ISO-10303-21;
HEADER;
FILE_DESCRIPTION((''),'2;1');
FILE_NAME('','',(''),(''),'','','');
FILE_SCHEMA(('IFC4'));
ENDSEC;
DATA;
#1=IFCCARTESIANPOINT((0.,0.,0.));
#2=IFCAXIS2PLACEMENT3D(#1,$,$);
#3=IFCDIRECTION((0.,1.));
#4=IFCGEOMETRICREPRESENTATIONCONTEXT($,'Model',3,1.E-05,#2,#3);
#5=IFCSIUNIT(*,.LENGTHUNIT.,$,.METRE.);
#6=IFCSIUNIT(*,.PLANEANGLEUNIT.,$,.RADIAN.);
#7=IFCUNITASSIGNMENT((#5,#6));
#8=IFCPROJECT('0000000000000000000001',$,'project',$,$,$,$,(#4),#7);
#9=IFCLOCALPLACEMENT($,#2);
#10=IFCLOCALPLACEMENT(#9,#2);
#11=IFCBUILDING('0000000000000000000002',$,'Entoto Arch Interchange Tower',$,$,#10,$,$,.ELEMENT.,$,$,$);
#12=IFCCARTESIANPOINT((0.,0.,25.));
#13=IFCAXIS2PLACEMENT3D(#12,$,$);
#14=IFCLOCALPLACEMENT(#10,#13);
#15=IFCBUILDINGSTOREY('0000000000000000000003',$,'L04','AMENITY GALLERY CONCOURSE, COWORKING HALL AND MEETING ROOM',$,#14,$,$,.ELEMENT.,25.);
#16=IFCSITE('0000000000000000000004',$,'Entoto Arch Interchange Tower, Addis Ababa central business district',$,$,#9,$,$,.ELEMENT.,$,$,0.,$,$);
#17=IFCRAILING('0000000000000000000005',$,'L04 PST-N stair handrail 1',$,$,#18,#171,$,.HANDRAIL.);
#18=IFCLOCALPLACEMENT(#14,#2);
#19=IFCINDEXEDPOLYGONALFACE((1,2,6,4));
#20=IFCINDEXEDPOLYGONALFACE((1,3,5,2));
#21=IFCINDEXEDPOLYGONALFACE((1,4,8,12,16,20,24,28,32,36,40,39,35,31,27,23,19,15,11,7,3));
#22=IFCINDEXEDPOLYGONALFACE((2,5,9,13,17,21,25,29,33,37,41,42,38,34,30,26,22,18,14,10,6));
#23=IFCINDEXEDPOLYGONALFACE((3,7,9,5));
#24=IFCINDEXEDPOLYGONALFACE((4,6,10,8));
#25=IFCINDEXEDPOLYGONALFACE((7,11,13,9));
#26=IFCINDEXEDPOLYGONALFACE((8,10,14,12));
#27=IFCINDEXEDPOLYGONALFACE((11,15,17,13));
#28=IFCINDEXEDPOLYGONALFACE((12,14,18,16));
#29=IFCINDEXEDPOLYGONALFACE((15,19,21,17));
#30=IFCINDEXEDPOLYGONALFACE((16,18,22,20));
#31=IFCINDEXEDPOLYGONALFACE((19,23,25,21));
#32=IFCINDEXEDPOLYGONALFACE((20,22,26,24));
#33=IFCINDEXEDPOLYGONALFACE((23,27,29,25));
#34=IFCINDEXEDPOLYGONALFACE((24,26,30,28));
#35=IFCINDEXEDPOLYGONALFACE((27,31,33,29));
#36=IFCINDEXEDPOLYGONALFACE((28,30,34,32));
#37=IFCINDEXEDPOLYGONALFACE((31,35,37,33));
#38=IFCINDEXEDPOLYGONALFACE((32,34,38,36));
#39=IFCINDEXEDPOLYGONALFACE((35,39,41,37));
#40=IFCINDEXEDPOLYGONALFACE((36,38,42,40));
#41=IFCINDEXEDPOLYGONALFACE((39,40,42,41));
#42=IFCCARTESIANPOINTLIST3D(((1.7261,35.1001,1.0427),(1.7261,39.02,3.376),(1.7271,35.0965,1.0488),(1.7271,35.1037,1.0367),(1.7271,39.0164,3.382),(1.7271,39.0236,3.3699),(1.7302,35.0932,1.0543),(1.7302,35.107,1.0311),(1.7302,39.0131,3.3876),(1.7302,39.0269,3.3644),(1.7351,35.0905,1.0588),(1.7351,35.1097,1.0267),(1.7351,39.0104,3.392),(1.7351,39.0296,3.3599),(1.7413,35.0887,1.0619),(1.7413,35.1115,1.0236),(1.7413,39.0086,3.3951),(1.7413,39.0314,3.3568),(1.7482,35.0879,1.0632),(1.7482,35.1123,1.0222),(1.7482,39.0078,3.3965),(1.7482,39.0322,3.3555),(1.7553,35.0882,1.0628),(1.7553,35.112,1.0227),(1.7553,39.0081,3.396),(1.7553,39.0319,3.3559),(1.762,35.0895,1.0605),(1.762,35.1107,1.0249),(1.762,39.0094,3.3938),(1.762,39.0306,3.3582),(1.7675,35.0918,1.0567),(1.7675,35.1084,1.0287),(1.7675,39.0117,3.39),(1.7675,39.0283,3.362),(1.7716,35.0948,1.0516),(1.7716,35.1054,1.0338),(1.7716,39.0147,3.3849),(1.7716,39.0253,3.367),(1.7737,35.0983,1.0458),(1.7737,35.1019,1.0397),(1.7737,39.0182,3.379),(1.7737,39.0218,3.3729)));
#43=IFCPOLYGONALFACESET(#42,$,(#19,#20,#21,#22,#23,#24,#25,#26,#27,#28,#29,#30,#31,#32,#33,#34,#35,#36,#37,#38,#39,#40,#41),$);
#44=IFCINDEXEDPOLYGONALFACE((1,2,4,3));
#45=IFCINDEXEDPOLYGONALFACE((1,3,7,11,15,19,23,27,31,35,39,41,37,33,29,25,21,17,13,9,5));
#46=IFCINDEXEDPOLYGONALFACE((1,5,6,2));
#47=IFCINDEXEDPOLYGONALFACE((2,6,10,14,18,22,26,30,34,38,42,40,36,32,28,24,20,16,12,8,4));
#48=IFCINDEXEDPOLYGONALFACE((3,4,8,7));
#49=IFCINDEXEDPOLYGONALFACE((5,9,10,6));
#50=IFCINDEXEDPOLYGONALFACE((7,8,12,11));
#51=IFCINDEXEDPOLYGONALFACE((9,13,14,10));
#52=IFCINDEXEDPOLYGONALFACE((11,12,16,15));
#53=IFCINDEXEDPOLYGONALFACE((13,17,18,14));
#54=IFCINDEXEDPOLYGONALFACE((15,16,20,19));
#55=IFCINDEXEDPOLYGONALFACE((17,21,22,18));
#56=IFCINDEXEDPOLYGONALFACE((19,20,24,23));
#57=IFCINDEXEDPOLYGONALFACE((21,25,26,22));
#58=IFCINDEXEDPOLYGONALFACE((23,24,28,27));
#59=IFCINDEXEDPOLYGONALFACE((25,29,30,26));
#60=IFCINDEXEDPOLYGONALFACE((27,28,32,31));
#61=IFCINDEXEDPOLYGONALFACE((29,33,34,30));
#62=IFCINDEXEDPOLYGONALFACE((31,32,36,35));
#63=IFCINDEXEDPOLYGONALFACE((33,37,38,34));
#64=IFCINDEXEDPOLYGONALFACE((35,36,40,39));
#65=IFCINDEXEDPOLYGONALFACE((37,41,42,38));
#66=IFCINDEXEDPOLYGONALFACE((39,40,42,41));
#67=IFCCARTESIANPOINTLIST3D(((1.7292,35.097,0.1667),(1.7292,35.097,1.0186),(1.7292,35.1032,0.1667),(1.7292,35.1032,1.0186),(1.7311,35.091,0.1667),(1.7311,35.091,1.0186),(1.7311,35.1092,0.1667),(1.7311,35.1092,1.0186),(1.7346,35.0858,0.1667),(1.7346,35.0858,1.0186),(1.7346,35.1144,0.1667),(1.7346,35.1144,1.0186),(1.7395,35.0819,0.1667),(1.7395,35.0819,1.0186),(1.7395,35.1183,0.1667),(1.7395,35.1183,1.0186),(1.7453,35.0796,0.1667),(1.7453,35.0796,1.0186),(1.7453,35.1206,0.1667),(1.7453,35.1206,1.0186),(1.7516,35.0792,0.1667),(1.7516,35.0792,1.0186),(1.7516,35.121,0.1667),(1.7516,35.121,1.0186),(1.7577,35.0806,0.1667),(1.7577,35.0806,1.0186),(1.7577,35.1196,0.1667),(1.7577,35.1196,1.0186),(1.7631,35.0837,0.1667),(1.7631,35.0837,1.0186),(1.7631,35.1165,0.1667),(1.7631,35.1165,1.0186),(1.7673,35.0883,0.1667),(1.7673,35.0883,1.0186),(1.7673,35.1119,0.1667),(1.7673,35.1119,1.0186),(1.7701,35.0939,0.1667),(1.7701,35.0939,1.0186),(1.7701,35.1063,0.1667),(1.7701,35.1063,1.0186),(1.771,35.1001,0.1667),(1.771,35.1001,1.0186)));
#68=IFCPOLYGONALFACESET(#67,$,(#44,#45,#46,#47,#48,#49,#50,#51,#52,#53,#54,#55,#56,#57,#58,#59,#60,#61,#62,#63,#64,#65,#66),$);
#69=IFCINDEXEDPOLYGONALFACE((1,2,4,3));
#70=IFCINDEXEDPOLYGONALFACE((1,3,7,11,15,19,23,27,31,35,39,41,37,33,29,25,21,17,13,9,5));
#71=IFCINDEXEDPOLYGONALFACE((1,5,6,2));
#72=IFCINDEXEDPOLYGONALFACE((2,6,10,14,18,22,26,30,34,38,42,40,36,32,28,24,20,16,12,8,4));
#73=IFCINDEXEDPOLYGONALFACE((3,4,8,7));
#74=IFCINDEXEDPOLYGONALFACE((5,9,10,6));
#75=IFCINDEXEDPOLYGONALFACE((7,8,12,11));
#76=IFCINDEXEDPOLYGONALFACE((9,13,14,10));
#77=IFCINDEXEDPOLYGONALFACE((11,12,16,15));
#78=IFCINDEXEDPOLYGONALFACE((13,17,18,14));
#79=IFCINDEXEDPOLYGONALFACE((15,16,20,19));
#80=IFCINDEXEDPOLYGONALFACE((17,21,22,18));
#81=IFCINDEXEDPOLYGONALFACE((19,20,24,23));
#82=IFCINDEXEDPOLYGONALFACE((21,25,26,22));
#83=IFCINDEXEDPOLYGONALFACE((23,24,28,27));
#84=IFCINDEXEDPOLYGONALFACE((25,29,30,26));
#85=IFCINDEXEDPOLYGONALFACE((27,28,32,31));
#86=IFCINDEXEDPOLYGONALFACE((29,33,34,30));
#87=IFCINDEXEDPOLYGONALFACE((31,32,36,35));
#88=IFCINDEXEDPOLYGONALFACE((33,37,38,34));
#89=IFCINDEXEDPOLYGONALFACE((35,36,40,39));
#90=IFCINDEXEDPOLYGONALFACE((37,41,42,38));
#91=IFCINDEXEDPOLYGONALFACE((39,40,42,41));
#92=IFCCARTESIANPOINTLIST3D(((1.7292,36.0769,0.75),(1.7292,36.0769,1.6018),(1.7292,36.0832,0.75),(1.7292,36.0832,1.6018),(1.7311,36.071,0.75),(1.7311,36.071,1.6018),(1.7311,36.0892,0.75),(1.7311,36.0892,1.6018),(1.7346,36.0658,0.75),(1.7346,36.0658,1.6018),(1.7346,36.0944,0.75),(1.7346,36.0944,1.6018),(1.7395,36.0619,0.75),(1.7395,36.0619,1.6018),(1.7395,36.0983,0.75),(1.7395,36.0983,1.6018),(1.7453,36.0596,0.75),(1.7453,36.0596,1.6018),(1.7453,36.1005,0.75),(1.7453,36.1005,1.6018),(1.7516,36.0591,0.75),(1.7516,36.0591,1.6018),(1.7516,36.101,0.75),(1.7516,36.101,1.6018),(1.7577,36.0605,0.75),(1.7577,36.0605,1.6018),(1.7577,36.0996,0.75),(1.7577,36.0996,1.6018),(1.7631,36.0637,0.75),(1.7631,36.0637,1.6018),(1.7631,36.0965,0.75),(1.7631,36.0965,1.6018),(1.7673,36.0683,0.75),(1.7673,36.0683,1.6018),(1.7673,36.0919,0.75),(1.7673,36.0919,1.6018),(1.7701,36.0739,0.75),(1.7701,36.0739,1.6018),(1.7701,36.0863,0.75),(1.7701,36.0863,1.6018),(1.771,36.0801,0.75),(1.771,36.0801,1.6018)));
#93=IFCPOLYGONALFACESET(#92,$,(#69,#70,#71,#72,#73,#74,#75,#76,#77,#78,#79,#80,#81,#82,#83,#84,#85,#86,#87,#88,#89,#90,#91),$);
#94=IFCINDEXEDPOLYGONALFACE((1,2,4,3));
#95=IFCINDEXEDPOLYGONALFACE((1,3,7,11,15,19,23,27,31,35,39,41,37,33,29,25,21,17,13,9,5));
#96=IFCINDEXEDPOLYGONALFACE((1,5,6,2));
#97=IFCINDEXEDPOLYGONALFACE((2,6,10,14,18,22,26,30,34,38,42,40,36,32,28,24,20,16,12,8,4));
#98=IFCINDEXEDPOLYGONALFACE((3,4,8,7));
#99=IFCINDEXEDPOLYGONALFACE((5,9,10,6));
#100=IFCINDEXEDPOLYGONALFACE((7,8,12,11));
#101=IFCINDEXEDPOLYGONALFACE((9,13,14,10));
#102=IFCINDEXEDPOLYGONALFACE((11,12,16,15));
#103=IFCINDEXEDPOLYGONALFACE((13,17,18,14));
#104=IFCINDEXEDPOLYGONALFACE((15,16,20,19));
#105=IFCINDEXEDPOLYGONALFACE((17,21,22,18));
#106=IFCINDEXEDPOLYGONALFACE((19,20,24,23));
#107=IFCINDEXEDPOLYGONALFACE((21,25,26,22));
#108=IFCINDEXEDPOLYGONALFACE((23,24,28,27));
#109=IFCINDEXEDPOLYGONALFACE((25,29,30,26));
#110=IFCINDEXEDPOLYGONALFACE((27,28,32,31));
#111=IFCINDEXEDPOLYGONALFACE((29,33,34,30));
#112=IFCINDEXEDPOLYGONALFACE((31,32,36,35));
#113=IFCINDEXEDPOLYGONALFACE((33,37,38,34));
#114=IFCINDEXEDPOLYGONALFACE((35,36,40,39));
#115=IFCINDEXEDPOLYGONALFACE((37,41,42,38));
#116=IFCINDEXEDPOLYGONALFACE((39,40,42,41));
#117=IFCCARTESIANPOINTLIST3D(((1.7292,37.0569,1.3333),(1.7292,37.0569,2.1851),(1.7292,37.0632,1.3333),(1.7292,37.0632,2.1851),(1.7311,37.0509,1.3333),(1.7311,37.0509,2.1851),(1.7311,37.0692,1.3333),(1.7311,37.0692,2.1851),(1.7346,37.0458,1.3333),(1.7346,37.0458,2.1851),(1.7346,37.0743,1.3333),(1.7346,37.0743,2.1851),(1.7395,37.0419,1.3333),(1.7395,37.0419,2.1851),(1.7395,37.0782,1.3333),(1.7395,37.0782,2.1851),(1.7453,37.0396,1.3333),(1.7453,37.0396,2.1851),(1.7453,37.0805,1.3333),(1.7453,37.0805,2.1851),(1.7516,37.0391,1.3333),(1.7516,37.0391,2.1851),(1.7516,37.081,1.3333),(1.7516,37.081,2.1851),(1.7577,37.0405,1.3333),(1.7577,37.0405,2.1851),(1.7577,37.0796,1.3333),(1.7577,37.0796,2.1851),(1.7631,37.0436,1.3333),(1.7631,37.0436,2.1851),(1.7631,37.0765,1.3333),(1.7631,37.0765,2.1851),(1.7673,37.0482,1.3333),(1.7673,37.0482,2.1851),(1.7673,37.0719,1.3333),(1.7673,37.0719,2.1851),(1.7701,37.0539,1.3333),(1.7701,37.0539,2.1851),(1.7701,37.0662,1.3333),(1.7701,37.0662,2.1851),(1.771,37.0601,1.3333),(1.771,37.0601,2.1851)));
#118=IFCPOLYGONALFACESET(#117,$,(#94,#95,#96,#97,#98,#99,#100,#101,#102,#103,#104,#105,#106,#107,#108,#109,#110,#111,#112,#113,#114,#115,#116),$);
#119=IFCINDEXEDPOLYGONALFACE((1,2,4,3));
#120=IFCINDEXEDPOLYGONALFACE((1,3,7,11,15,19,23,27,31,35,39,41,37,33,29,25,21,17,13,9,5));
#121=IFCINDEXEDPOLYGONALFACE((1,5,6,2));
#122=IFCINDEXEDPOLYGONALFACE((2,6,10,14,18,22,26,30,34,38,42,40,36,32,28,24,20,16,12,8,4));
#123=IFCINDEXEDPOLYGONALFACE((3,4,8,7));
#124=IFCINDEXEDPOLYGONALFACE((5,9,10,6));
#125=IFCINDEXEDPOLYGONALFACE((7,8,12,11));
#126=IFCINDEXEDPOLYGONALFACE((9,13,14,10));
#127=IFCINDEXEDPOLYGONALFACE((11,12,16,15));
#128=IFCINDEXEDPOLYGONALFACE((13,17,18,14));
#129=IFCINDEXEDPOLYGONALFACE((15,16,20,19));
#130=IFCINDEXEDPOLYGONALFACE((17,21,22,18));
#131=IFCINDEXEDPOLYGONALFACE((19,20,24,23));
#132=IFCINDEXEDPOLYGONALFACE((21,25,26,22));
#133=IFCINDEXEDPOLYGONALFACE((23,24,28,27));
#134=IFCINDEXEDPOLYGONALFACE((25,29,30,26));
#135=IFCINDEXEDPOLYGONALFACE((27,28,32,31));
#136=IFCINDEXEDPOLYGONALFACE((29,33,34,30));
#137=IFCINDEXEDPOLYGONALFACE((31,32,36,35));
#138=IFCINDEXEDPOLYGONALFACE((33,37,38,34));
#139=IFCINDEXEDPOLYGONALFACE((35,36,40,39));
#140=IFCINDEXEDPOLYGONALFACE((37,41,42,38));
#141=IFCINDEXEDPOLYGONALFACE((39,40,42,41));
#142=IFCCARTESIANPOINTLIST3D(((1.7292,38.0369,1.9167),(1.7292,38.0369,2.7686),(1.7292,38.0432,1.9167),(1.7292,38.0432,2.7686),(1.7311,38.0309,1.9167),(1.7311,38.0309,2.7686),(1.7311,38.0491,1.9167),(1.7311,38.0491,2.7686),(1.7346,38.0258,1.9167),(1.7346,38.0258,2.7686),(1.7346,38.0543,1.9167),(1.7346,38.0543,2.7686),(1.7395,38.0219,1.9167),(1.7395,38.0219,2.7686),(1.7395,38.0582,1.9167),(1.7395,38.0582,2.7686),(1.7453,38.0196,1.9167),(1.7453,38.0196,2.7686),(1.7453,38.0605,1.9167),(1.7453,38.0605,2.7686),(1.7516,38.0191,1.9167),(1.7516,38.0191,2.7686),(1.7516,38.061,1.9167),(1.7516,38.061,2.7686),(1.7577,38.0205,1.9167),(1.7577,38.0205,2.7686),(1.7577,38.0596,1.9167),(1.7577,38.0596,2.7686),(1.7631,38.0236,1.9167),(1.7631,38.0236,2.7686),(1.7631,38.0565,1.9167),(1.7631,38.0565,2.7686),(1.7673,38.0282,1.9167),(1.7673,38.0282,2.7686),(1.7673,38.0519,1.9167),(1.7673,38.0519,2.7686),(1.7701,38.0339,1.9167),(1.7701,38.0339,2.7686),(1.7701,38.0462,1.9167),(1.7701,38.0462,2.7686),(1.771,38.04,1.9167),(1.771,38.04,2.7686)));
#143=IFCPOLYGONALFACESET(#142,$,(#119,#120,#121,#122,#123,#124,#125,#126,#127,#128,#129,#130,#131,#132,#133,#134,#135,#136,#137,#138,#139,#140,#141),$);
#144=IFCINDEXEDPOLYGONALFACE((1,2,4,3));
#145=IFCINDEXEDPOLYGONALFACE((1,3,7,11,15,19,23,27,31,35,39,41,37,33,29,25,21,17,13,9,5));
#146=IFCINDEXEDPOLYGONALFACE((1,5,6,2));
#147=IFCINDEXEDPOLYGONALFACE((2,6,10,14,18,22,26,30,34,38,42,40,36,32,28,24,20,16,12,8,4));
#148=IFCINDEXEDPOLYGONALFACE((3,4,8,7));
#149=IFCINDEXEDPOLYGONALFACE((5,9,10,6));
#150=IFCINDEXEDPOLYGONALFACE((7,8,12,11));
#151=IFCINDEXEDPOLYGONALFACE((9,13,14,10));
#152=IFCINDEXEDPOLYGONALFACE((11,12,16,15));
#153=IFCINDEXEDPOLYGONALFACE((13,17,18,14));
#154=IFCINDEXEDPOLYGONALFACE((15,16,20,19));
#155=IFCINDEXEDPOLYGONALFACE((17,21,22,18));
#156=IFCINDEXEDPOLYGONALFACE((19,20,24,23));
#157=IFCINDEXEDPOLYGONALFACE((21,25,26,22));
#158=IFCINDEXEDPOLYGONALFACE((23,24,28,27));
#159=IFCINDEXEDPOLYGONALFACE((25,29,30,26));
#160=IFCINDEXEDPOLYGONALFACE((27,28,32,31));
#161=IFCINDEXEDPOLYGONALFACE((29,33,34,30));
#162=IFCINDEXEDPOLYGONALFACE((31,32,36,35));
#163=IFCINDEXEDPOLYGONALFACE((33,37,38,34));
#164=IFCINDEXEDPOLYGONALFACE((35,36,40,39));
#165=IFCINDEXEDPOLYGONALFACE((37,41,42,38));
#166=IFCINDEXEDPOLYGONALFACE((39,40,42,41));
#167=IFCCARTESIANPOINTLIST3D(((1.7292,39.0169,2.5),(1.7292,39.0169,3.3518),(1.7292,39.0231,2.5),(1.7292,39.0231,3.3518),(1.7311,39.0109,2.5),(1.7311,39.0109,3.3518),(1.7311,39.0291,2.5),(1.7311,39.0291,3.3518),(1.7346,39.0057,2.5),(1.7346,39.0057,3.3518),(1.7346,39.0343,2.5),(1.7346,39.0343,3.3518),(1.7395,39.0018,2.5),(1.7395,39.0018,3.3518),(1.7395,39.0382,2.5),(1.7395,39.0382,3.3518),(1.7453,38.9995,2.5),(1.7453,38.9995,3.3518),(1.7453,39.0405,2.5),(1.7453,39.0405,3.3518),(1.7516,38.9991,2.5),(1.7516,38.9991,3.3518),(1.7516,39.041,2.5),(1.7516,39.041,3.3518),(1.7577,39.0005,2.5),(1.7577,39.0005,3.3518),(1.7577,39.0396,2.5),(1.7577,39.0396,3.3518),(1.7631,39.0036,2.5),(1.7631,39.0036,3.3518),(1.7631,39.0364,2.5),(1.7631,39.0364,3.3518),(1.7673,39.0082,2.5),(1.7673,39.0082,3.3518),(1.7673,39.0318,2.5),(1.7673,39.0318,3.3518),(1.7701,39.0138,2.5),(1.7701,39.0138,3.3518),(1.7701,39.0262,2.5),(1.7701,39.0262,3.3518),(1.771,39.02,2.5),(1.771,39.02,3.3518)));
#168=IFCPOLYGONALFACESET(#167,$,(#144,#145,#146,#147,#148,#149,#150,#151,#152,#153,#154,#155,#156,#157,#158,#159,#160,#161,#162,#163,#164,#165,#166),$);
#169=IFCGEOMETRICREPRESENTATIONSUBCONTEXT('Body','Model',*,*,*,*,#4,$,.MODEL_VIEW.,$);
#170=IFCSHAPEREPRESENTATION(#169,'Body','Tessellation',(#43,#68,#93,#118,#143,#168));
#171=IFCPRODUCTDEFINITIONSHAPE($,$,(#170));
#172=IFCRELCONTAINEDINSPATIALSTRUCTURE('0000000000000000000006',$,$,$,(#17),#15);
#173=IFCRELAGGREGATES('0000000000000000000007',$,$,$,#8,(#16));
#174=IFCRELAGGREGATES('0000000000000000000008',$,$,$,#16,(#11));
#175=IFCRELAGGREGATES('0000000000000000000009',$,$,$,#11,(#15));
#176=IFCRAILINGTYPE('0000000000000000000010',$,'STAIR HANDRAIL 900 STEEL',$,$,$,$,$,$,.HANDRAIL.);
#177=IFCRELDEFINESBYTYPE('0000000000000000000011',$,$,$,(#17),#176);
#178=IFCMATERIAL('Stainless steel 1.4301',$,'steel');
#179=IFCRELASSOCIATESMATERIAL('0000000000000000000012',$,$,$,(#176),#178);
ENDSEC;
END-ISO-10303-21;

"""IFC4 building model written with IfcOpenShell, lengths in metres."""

from ifc_helpers import new_model, si_unit, direction, frame, origin, origin_2d, place, context, subcontext, project, spatial, circle, extrude, material, type_object, element, save


model = new_model("IFC4")

# Units and contexts
model_context = context("Model", 3, precision=1e-05, world=origin(), true_north=direction((0.0, 1.0)))
body_context = subcontext(model_context, "Body", "Model", "MODEL_VIEW")
ifc_project = project(units=[si_unit("LENGTHUNIT", "METRE"), si_unit("PLANEANGLEUNIT", "RADIAN")], contexts=[model_context])

# Site, building, storey
site_placement = place(None, origin())
site = spatial("IfcSite", under=ifc_project, at=site_placement, Name="Entoto Arch Interchange Tower, Addis Ababa central business district", CompositionType="ELEMENT", RefElevation=0.0)
building_placement = place(site_placement, origin())
building = spatial("IfcBuilding", under=site, at=building_placement, Name="Entoto Arch Interchange Tower", CompositionType="ELEMENT")
storey_placement = place(building_placement, frame((0.0, 0.0, 25.0)))
storey = spatial("IfcBuildingStorey", under=building, at=storey_placement, Name="L04", Description="AMENITY GALLERY CONCOURSE, COWORKING HALL AND MEETING ROOM", CompositionType="ELEMENT", Elevation=25.0)

# Railing
ifc_material_1 = material(Name="Stainless steel 1.4301", Category="steel")
railing_type_1 = type_object("IfcRailingType", Name="STAIR HANDRAIL 900 STEEL", PredefinedType="HANDRAIL", material=ifc_material_1)
railing_1_placement = place(storey_placement, frame((1.75, 35.1001, 0.1667)))
element("IfcRailing", 1, at=railing_1_placement, inside=storey, type_object=railing_type_1, Name="L04 PST-N stair handrail 1", PredefinedType="HANDRAIL", context=body_context, shape_type="SweptSolid", body=[
    extrude(circle(Radius=0.0239, at=origin_2d()), frame((0.0, 0.0, 0.876), z_axis=(0.0, 0.859296, 0.511478), x_axis=(-1.0, 0.0, 0.0)), (0.0, 0.0, 1.0), 4.5618),
    extrude(circle(Radius=0.021, at=origin_2d()), origin(), (0.0, 0.0, 1.0), 0.8518),
    extrude(circle(Radius=0.021, at=origin_2d()), frame((0.0, 0.98, 0.5833)), (0.0, 0.0, 1.0), 0.8518),
    extrude(circle(Radius=0.021, at=origin_2d()), frame((0.0, 1.96, 1.1665)), (0.0, 0.0, 1.0), 0.8518),
    extrude(circle(Radius=0.021, at=origin_2d()), frame((0.0, 2.9399, 1.75)), (0.0, 0.0, 1.0), 0.8518),
    extrude(circle(Radius=0.021, at=origin_2d()), frame((0.0, 3.9199, 2.3333)), (0.0, 0.0, 1.0), 0.8518),
])

save(model, "model.ifc")
